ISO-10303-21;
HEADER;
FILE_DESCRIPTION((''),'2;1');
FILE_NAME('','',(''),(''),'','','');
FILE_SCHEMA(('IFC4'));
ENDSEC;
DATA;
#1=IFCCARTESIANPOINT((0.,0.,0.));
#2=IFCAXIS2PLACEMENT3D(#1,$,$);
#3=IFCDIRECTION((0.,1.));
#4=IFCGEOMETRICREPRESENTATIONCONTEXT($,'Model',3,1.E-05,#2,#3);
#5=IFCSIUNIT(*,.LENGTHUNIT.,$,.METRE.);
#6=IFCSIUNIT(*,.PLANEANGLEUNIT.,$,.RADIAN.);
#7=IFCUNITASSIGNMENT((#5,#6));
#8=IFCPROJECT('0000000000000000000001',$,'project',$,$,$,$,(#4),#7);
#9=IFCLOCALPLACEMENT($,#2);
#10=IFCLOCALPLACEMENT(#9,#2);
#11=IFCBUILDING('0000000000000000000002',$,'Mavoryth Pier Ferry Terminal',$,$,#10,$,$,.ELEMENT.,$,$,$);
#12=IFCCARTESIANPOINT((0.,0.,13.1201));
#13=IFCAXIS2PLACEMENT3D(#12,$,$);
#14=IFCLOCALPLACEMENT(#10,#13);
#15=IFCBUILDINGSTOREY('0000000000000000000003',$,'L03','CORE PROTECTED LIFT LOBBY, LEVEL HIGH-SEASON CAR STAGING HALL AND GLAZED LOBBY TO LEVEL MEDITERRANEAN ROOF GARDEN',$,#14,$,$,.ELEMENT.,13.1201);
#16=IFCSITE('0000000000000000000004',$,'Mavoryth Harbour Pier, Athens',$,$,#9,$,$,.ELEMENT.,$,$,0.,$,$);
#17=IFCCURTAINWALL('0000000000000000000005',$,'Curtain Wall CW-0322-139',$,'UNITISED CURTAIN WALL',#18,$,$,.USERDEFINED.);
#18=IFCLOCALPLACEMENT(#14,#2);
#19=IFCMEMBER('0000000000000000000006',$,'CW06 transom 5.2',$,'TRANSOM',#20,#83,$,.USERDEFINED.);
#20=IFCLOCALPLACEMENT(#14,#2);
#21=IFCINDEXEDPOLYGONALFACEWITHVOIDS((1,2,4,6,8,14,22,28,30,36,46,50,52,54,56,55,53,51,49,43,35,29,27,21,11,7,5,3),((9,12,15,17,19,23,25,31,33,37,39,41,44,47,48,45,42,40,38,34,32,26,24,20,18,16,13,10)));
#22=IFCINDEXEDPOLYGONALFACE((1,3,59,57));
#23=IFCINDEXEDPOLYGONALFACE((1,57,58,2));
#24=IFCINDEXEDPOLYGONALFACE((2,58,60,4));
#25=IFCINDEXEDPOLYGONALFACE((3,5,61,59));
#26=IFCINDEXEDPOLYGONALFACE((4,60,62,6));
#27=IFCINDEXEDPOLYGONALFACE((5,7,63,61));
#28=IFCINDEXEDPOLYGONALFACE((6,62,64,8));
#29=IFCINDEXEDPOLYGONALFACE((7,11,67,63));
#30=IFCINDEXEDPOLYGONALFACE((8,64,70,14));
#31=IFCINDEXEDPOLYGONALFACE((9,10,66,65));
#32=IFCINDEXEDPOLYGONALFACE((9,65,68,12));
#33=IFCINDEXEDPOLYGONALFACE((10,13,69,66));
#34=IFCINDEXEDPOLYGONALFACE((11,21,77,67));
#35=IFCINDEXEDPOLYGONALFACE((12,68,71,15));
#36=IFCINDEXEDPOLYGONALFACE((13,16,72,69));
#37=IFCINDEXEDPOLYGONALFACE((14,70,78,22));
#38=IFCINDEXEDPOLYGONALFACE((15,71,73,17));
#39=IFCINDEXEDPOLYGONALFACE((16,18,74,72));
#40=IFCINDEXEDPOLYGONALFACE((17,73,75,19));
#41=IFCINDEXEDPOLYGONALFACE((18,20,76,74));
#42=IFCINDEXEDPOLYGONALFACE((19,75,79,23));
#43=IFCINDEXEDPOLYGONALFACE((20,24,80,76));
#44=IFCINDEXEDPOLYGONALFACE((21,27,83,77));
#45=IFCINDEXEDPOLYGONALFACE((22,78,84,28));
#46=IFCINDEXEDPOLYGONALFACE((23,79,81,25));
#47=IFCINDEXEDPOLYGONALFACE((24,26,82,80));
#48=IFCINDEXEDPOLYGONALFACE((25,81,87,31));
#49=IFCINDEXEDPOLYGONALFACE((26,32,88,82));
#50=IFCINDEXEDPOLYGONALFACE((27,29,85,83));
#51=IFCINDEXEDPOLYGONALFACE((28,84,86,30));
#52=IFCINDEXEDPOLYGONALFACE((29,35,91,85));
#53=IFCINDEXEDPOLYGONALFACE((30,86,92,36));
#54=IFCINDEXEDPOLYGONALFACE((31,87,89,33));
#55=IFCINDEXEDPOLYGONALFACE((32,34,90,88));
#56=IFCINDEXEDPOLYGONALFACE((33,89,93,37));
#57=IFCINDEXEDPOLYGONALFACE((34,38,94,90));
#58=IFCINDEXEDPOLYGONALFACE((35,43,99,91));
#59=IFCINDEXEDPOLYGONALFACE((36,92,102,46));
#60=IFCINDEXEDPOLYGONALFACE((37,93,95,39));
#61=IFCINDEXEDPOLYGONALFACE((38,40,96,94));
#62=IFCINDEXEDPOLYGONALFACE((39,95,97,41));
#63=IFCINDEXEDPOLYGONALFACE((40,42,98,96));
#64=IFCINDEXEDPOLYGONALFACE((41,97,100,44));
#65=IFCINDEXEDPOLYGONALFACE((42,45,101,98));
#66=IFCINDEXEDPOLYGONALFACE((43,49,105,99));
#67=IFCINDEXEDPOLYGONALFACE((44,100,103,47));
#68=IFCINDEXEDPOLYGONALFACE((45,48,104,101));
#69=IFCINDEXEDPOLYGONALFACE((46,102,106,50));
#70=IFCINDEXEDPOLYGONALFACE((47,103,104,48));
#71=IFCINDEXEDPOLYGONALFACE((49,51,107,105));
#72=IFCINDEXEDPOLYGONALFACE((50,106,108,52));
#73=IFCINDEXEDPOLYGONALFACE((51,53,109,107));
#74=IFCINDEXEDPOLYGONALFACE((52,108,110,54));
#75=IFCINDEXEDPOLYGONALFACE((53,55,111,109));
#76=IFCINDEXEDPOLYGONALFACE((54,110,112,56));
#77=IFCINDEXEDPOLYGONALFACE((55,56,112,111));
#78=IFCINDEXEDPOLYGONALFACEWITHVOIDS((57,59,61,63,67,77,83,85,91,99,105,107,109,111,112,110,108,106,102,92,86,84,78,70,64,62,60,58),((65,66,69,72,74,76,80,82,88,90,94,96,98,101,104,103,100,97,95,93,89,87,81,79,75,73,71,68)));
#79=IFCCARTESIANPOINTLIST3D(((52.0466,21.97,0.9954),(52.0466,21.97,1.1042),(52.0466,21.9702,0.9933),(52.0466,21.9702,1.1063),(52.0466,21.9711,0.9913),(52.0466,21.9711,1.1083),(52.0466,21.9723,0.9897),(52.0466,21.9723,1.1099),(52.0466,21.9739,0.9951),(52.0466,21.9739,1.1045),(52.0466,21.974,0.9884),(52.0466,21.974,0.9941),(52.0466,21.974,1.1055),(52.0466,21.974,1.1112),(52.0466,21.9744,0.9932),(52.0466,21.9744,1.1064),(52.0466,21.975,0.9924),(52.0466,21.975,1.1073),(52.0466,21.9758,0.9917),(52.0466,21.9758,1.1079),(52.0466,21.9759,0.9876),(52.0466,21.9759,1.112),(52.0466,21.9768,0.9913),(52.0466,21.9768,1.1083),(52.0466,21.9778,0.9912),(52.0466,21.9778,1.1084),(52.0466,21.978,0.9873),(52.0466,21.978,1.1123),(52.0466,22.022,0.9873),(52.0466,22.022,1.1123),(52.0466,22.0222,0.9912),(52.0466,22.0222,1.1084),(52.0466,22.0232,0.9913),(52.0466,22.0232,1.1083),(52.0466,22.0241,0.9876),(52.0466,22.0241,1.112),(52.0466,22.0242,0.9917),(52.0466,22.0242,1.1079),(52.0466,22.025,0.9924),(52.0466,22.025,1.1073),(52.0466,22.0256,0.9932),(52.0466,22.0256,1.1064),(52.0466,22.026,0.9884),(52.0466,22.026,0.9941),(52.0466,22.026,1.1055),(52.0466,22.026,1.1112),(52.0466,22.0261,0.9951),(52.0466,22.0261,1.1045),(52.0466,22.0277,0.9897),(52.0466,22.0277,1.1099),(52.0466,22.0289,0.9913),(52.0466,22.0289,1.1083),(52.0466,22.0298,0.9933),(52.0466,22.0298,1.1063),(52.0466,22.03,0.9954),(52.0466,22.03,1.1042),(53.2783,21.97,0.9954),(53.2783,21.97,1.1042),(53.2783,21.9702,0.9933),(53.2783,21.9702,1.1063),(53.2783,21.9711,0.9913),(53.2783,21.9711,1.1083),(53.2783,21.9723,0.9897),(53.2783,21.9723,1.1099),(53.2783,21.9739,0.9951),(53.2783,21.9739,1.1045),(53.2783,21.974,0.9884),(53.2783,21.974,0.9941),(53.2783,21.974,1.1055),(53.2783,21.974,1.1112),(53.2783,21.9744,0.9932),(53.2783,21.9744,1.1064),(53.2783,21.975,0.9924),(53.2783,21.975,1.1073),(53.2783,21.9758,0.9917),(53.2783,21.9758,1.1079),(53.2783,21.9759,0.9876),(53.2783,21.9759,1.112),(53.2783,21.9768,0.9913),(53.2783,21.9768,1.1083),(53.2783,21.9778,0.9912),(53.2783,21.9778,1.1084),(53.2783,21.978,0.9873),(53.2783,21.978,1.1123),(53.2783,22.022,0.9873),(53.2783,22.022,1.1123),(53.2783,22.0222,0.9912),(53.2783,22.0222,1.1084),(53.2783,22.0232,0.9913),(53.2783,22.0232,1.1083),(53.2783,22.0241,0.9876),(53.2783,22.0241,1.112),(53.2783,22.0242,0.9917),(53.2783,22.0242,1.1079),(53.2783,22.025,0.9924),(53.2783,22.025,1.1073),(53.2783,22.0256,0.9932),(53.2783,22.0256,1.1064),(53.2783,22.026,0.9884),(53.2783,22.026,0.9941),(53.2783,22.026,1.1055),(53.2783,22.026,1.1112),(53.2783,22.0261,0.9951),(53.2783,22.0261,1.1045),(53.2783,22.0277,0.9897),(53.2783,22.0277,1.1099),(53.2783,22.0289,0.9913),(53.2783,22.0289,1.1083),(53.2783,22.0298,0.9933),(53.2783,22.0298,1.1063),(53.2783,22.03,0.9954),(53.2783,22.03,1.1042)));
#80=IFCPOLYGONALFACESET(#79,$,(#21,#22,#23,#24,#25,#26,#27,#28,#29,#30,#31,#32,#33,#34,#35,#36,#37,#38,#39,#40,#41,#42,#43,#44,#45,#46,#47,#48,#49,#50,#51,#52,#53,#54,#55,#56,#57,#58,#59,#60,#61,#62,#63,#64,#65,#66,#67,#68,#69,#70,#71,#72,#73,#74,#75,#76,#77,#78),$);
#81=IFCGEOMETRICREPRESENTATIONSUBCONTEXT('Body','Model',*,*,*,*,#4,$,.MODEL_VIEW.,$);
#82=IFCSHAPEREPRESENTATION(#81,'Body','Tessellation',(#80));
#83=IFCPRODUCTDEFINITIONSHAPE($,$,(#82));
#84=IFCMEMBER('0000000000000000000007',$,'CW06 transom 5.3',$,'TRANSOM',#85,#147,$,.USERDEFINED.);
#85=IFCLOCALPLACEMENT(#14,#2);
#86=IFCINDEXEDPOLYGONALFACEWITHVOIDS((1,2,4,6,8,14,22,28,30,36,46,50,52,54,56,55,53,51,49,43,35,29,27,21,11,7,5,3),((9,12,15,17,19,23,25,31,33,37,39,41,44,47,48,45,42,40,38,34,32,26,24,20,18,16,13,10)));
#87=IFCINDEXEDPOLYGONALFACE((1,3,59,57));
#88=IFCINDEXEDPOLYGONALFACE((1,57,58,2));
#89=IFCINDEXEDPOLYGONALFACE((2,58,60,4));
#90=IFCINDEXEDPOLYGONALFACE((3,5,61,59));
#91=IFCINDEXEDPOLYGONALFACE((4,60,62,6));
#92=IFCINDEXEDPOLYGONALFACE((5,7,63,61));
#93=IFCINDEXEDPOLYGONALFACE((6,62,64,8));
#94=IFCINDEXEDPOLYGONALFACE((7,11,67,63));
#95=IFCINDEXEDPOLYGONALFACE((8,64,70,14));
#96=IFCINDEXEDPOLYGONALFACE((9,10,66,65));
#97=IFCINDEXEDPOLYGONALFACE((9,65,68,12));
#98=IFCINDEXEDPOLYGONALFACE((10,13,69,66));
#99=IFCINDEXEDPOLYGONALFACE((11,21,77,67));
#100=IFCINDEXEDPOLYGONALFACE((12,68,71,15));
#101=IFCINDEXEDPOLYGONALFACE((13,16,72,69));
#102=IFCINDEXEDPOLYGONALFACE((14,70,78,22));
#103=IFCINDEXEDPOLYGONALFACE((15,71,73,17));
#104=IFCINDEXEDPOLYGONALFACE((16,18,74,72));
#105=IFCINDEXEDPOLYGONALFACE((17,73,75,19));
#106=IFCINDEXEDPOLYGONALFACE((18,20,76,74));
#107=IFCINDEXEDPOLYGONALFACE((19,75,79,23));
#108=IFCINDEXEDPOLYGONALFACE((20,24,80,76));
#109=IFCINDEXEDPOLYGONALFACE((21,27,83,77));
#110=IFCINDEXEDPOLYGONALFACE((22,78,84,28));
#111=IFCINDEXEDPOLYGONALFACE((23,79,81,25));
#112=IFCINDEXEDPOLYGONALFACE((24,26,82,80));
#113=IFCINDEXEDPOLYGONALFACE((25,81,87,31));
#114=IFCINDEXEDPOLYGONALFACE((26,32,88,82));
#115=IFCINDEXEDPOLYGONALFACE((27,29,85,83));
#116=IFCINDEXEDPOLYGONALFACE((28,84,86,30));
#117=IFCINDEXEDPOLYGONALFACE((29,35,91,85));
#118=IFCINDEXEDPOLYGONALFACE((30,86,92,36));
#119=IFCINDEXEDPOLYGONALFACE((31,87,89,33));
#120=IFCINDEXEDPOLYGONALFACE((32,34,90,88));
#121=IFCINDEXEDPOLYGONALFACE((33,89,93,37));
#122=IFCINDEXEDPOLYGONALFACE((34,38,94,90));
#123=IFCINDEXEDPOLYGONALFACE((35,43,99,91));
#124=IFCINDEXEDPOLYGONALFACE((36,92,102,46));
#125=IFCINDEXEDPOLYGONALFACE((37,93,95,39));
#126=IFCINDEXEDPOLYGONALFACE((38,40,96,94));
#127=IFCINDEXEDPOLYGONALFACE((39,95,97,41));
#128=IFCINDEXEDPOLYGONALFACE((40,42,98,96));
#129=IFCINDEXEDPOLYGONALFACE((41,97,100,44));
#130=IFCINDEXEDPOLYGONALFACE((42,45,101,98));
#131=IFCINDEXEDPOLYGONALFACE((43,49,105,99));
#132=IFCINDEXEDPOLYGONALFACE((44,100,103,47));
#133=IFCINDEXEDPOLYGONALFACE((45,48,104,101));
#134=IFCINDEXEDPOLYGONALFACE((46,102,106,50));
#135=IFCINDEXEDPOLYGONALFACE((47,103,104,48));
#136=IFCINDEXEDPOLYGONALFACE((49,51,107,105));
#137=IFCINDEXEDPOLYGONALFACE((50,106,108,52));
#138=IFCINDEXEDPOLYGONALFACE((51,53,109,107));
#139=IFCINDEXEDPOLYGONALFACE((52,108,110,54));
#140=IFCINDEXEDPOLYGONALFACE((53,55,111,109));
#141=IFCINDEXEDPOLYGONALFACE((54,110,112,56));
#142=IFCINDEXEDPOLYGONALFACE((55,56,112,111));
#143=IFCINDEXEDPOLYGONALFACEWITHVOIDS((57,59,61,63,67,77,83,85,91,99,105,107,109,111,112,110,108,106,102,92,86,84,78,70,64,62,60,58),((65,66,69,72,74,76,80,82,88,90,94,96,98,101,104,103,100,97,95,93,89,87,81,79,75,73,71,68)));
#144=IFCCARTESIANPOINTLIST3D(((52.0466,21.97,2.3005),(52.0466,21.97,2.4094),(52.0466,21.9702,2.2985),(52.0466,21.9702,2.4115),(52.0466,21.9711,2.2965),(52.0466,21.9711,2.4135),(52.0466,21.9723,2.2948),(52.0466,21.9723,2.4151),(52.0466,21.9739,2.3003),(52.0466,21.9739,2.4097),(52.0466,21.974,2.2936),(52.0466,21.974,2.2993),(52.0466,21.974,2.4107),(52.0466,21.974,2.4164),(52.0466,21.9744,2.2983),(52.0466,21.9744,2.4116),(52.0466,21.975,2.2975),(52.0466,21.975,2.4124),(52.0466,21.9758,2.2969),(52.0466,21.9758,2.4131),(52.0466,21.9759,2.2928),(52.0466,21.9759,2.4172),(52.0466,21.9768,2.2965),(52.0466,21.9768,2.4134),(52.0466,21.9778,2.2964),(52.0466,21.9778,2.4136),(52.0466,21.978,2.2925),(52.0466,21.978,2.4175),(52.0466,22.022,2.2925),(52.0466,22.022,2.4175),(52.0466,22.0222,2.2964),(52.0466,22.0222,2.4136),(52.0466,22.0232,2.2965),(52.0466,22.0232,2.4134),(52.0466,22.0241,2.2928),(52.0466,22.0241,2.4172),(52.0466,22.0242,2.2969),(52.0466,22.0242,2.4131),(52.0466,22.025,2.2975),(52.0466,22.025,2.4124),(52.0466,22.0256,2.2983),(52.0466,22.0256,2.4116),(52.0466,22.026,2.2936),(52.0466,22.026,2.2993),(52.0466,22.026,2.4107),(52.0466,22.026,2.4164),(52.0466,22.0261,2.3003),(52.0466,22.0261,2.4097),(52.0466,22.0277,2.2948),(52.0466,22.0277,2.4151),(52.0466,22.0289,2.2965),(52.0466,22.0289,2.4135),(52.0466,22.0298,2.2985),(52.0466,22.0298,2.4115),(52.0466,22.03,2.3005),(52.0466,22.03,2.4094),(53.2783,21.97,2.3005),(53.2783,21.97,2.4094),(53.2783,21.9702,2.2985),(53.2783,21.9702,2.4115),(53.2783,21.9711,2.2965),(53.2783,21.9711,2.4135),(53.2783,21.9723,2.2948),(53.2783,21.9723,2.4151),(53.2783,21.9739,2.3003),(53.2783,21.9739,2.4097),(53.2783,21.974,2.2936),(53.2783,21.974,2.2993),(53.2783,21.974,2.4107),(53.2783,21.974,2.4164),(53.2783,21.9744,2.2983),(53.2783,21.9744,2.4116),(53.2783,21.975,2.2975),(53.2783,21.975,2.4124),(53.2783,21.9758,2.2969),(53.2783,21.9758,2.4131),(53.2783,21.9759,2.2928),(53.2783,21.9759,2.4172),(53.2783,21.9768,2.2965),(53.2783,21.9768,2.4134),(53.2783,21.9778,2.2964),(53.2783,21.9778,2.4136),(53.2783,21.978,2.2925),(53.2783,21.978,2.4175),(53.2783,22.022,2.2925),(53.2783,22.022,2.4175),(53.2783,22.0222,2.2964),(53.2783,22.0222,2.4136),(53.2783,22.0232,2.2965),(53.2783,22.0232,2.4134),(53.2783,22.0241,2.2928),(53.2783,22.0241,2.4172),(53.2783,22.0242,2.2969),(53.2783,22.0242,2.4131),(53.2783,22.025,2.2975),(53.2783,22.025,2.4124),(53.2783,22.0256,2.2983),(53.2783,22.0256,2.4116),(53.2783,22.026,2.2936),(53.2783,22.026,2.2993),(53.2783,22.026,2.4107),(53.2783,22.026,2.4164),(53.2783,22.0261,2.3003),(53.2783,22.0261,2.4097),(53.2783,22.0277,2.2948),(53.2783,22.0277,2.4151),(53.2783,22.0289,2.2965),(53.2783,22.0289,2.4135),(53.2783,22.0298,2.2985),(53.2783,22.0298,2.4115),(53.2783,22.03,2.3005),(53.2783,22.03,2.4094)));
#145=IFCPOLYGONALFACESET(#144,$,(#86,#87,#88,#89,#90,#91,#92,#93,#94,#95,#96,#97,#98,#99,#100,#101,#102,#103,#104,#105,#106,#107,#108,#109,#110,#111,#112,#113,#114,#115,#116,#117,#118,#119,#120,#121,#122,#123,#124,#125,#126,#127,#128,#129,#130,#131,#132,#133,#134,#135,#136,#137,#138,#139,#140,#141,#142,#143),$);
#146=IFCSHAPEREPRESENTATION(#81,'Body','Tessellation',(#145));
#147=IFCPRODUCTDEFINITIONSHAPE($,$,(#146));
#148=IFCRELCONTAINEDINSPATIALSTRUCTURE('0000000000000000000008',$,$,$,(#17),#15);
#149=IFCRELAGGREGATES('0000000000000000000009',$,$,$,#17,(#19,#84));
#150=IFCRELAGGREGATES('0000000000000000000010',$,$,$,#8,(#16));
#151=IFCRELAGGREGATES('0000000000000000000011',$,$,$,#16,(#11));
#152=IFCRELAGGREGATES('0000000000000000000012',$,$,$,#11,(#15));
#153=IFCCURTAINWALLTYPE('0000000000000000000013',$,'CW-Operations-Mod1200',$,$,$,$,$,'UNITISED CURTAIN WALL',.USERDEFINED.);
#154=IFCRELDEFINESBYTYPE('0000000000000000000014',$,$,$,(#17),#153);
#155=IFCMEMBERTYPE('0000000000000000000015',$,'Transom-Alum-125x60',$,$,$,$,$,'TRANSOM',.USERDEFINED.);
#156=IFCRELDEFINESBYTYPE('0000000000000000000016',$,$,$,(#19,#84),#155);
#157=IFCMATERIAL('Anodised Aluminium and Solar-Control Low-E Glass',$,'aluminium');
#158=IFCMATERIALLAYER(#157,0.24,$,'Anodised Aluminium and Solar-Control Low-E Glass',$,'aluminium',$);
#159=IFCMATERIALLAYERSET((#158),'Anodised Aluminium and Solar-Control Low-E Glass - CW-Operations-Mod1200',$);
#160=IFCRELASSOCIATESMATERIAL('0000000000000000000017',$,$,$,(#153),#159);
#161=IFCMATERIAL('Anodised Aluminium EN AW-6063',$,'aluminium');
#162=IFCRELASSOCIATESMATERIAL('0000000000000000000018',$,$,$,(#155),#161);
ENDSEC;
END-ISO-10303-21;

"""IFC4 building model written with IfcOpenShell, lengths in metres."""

from ifc_helpers import new_model, si_unit, direction, frame, origin, origin_2d, place, context, subcontext, project, spatial, hollow_rectangle, extrude, material, layer, layer_set, material_profile, profile_set, type_object, element, aggregate, save


model = new_model("IFC4")

# Units and contexts
model_context = context("Model", 3, precision=1e-05, world=origin(), true_north=direction((0.0, 1.0)))
body_context = subcontext(model_context, "Body", "Model", "MODEL_VIEW")
ifc_project = project(units=[si_unit("LENGTHUNIT", "METRE"), si_unit("PLANEANGLEUNIT", "RADIAN")], contexts=[model_context])

# Site, building, storey
site_placement = place(None, origin())
site = spatial("IfcSite", under=ifc_project, at=site_placement, Name="Mavoryth Harbour Pier, Athens", CompositionType="ELEMENT", RefElevation=0.0)
building_placement = place(site_placement, origin())
building = spatial("IfcBuilding", under=site, at=building_placement, Name="Mavoryth Pier Ferry Terminal", CompositionType="ELEMENT")
storey_placement = place(building_placement, frame((0.0, 0.0, 13.1201)))
storey = spatial("IfcBuildingStorey", under=building, at=storey_placement, Name="L03", Description="CORE PROTECTED LIFT LOBBY, LEVEL HIGH-SEASON CAR STAGING HALL AND GLAZED LOBBY TO LEVEL MEDITERRANEAN ROOF GARDEN", CompositionType="ELEMENT", Elevation=13.1201)

# Curtain wall
ifc_material_1 = material(Name="Anodised Aluminium and Solar-Control Low-E Glass", Category="aluminium")
ifc_layer_1 = layer(ifc_material_1, 0.24, Name="Anodised Aluminium and Solar-Control Low-E Glass", Category="aluminium")
ifc_layer_set_1 = layer_set([ifc_layer_1], Name="Anodised Aluminium and Solar-Control Low-E Glass - CW-Operations-Mod1200")
curtain_wall_type = type_object("IfcCurtainWallType", Name="CW-Operations-Mod1200", ElementType="UNITISED CURTAIN WALL", PredefinedType="USERDEFINED", material=ifc_layer_set_1)
curtain_wall_placement = place(storey_placement, origin())
curtain_wall = element("IfcCurtainWall", 1, at=curtain_wall_placement, inside=storey, type_object=curtain_wall_type, Name="Curtain Wall CW-0322-139", ObjectType="UNITISED CURTAIN WALL", PredefinedType="USERDEFINED")
ifc_material_2 = material(Name="Anodised Aluminium EN AW-6063", Category="aluminium")

# Members
ifc_material_profile_1 = material_profile(ifc_material_2, hollow_rectangle(XDim=0.0601, YDim=0.125, WallThickness=0.0039, InnerFilletRadius=0.0039, OuterFilletRadius=0.0081, at=origin_2d()), Name="AL-TRAN 125x60x4", Category="aluminium")
ifc_profile_set_1 = profile_set([ifc_material_profile_1], Name="Anodised Aluminium EN AW-6063 - AL-TRAN 125x60x4")
member_type_1 = type_object("IfcMemberType", Name="Transom-Alum-125x60", ElementType="TRANSOM", PredefinedType="USERDEFINED", material=ifc_profile_set_1)
member_1_placement = place(storey_placement, frame((53.2783, 22.0, 1.0498), z_axis=(-1.0, 0.0, 0.0), x_axis=(0.0, -1.0, 0.0)))
member_1 = element("IfcMember", 2, at=member_1_placement, type_object=member_type_1, Name="CW06 transom 5.2", ObjectType="TRANSOM", PredefinedType="USERDEFINED", context=body_context, shape_type="SweptSolid", body=[
    extrude(hollow_rectangle(XDim=0.0601, YDim=0.125, WallThickness=0.0039, InnerFilletRadius=0.0039, OuterFilletRadius=0.0081, at=origin_2d()), origin(), (0.0, 0.0, 1.0), 1.2317),
])
member_2_placement = place(storey_placement, frame((53.2783, 22.0, 2.355), z_axis=(-1.0, 0.0, 0.0), x_axis=(0.0, -1.0, 0.0)))
member_2 = element("IfcMember", 3, at=member_2_placement, type_object=member_type_1, Name="CW06 transom 5.3", ObjectType="TRANSOM", PredefinedType="USERDEFINED", context=body_context, shape_type="SweptSolid", body=[
    extrude(hollow_rectangle(XDim=0.0601, YDim=0.125, WallThickness=0.0039, InnerFilletRadius=0.0039, OuterFilletRadius=0.0081, at=origin_2d()), origin(), (0.0, 0.0, 1.0), 1.2317),
])

aggregate(curtain_wall, [member_1, member_2])

save(model, "model.ifc")
